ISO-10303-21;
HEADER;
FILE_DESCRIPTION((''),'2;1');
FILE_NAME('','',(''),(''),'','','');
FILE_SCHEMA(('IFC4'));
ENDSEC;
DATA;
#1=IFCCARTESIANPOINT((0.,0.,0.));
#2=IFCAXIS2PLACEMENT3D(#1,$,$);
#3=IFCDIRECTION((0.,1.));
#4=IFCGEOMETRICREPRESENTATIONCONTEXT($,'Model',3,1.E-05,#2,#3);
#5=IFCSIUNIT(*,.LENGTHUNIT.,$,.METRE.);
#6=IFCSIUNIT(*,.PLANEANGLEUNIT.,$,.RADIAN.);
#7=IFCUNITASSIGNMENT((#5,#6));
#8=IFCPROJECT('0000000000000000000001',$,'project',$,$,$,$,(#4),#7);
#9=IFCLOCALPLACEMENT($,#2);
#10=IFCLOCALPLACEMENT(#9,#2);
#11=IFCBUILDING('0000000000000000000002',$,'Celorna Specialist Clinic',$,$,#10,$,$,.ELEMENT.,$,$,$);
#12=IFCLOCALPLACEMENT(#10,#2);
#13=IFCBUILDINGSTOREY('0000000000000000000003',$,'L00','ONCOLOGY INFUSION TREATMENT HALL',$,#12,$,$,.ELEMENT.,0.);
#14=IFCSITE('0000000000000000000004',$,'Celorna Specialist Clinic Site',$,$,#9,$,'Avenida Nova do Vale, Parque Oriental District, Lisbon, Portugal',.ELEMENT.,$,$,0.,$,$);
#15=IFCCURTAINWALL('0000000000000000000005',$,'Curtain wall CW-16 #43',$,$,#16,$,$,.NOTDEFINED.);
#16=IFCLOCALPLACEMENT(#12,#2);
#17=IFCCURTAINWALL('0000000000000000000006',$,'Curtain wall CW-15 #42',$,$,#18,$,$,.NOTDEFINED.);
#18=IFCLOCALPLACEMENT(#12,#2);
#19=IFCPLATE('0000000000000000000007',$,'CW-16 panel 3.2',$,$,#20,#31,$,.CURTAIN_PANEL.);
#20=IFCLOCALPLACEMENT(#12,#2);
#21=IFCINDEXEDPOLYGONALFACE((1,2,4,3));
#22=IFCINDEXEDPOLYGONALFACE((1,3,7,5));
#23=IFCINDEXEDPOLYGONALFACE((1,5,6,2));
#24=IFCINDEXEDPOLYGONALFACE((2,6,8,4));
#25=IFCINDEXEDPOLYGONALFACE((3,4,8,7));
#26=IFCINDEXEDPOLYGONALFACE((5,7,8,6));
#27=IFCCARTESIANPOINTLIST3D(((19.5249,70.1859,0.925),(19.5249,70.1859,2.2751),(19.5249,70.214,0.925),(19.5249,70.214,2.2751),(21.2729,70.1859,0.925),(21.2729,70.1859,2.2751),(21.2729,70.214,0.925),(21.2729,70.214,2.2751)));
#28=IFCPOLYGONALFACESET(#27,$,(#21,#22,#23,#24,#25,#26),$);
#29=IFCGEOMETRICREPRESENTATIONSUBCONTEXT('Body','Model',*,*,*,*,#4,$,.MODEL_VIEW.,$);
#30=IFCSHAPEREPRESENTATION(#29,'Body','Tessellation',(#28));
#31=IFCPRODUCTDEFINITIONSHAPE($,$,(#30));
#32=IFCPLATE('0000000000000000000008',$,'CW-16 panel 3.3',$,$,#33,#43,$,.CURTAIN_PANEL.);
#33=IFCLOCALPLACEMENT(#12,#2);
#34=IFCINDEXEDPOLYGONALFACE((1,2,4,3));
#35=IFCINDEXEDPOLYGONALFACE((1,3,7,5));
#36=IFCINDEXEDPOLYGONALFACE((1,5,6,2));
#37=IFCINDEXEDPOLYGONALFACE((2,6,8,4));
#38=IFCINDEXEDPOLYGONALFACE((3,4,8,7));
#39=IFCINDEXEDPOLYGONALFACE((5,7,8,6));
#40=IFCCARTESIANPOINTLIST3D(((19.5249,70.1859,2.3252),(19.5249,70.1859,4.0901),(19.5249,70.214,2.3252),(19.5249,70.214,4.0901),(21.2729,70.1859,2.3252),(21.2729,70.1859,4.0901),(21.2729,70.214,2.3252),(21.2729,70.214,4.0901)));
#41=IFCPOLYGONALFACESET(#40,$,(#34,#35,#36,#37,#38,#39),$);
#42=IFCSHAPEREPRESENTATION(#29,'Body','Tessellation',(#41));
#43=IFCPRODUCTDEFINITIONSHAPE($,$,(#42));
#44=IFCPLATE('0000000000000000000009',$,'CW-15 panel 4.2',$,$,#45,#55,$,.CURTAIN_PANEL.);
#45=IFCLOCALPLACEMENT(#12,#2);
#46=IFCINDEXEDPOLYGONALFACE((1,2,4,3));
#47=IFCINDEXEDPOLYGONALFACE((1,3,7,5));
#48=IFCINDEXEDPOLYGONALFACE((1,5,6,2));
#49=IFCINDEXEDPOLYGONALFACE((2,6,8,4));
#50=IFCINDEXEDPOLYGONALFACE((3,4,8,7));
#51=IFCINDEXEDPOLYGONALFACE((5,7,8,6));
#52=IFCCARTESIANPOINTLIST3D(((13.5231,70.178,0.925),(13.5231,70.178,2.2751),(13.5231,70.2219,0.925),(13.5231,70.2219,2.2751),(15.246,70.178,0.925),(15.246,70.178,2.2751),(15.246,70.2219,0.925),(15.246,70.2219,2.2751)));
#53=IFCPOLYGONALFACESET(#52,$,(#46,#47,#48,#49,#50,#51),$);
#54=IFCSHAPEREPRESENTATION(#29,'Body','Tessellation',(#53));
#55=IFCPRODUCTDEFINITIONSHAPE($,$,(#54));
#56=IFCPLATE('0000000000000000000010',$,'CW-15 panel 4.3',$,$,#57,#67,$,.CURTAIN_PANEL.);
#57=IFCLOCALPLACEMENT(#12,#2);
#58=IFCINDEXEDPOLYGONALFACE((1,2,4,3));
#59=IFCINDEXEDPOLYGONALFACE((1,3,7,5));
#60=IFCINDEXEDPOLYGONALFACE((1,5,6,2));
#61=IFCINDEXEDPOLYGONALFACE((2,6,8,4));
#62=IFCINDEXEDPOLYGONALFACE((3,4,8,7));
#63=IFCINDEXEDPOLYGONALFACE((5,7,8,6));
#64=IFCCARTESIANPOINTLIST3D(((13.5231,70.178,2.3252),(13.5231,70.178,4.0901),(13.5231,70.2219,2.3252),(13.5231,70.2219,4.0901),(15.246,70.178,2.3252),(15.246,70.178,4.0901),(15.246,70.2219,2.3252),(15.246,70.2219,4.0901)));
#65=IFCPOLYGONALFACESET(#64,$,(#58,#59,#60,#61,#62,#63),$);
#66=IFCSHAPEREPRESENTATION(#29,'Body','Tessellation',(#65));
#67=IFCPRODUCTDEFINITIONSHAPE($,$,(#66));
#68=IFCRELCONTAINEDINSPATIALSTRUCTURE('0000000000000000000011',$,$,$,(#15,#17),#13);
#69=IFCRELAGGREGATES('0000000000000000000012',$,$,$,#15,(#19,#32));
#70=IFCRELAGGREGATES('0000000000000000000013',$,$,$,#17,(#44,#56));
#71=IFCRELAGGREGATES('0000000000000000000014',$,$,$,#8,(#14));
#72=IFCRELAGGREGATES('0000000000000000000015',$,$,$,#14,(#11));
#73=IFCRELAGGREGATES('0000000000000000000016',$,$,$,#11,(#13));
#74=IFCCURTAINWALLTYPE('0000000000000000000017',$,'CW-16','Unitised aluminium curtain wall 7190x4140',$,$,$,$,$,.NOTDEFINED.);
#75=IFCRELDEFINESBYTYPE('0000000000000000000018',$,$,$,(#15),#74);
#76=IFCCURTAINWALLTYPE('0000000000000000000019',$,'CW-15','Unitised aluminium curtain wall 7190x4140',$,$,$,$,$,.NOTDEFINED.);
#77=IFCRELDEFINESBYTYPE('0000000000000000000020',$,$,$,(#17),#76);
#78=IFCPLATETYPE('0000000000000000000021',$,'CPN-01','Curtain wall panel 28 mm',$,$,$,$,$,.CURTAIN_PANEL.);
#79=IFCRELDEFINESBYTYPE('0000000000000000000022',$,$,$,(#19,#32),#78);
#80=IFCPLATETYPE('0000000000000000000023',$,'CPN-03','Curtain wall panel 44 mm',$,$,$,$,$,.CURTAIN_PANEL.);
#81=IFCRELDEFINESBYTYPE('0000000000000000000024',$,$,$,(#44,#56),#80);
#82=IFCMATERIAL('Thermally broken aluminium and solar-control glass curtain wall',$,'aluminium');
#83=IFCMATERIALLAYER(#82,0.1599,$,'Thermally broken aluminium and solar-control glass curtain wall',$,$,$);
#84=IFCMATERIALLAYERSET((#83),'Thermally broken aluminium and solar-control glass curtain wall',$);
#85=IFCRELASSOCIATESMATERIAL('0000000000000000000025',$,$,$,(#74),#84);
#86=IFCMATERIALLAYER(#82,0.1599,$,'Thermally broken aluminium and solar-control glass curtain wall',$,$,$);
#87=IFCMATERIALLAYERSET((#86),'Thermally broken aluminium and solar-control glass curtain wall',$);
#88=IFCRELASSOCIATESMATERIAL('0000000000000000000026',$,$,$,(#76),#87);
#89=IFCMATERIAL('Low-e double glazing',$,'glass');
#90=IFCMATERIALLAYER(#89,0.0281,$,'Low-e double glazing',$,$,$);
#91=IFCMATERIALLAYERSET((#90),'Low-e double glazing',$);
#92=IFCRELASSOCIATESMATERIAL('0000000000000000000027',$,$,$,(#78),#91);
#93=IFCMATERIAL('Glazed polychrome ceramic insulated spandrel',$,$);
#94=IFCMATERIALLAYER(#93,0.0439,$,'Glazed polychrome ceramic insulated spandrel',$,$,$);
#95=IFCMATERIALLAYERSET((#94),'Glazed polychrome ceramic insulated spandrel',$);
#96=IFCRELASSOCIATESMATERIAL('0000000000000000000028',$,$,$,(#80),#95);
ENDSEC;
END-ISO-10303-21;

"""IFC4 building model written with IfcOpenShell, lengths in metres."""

from ifc_helpers import new_model, si_unit, direction, frame, origin, origin_2d, place, context, subcontext, project, spatial, rectangle, extrude, material, layer, layer_set, type_object, element, aggregate, save


model = new_model("IFC4")

# Units and contexts
model_context = context("Model", 3, precision=1e-05, world=origin(), true_north=direction((0.0, 1.0)))
body_context = subcontext(model_context, "Body", "Model", "MODEL_VIEW")
ifc_project = project(units=[si_unit("LENGTHUNIT", "METRE"), si_unit("PLANEANGLEUNIT", "RADIAN")], contexts=[model_context])

# Site, building, storey
site_placement = place(None, origin())
site = spatial("IfcSite", under=ifc_project, at=site_placement, Name="Celorna Specialist Clinic Site", LongName="Avenida Nova do Vale, Parque Oriental District, Lisbon, Portugal", CompositionType="ELEMENT", RefElevation=0.0)
building_placement = place(site_placement, origin())
building = spatial("IfcBuilding", under=site, at=building_placement, Name="Celorna Specialist Clinic", CompositionType="ELEMENT")
storey_placement = place(building_placement, origin())
storey = spatial("IfcBuildingStorey", under=building, at=storey_placement, Name="L00", Description="ONCOLOGY INFUSION TREATMENT HALL", CompositionType="ELEMENT", Elevation=0.0)

# Curtain wall
ifc_material_1 = material(Name="Thermally broken aluminium and solar-control glass curtain wall", Category="aluminium")
ifc_layer_1 = layer(ifc_material_1, 0.1599, Name="Thermally broken aluminium and solar-control glass curtain wall")
ifc_layer_set_1 = layer_set([ifc_layer_1], Name="Thermally broken aluminium and solar-control glass curtain wall")
curtain_wall_type_1 = type_object("IfcCurtainWallType", Name="CW-16", Description="Unitised aluminium curtain wall 7190x4140", PredefinedType="NOTDEFINED", material=ifc_layer_set_1)
curtain_wall_1_placement = place(storey_placement, origin())
curtain_wall_1 = element("IfcCurtainWall", 1, at=curtain_wall_1_placement, inside=storey, type_object=curtain_wall_type_1, Name="Curtain wall CW-16 #43", PredefinedType="NOTDEFINED")

# Curtain wall
ifc_layer_2 = layer(ifc_material_1, 0.1599, Name="Thermally broken aluminium and solar-control glass curtain wall")
ifc_layer_set_2 = layer_set([ifc_layer_2], Name="Thermally broken aluminium and solar-control glass curtain wall")
curtain_wall_type_2 = type_object("IfcCurtainWallType", Name="CW-15", Description="Unitised aluminium curtain wall 7190x4140", PredefinedType="NOTDEFINED", material=ifc_layer_set_2)
curtain_wall_2_placement = place(storey_placement, origin())
curtain_wall_2 = element("IfcCurtainWall", 2, at=curtain_wall_2_placement, inside=storey, type_object=curtain_wall_type_2, Name="Curtain wall CW-15 #42", PredefinedType="NOTDEFINED")

# Plates
ifc_material_2 = material(Name="Low-e double glazing", Category="glass")
ifc_layer_3 = layer(ifc_material_2, 0.0281, Name="Low-e double glazing")
ifc_layer_set_3 = layer_set([ifc_layer_3], Name="Low-e double glazing")
plate_type_1 = type_object("IfcPlateType", Name="CPN-01", Description="Curtain wall panel 28 mm", PredefinedType="CURTAIN_PANEL", material=ifc_layer_set_3)
plate_1_placement = place(storey_placement, frame((20.3989, 70.2, 0.925), z_axis=(0.0, 0.0, 1.0), x_axis=(1.0, 0.0, 0.0)))
plate_1 = element("IfcPlate", 3, at=plate_1_placement, type_object=plate_type_1, Name="CW-16 panel 3.2", PredefinedType="CURTAIN_PANEL", context=body_context, shape_type="SweptSolid", body=[
    extrude(rectangle(XDim=1.748, YDim=0.0281, at=origin_2d()), origin(), (0.0, 0.0, 1.0), 1.3501),
])
plate_2_placement = place(storey_placement, frame((20.3989, 70.2, 2.3252), z_axis=(0.0, 0.0, 1.0), x_axis=(1.0, 0.0, 0.0)))
plate_2 = element("IfcPlate", 4, at=plate_2_placement, type_object=plate_type_1, Name="CW-16 panel 3.3", PredefinedType="CURTAIN_PANEL", context=body_context, shape_type="SweptSolid", body=[
    extrude(rectangle(XDim=1.748, YDim=0.0281, at=origin_2d()), origin(), (0.0, 0.0, 1.0), 1.7649),
])
aggregate(curtain_wall_1, [plate_1, plate_2])
ifc_material_3 = material(Name="Glazed polychrome ceramic insulated spandrel")
ifc_layer_4 = layer(ifc_material_3, 0.0439, Name="Glazed polychrome ceramic insulated spandrel")
ifc_layer_set_4 = layer_set([ifc_layer_4], Name="Glazed polychrome ceramic insulated spandrel")
plate_type_2 = type_object("IfcPlateType", Name="CPN-03", Description="Curtain wall panel 44 mm", PredefinedType="CURTAIN_PANEL", material=ifc_layer_set_4)
plate_3_placement = place(storey_placement, frame((14.3845, 70.2, 0.925), z_axis=(0.0, 0.0, 1.0), x_axis=(1.0, 0.0, 0.0)))
plate_3 = element("IfcPlate", 5, at=plate_3_placement, type_object=plate_type_2, Name="CW-15 panel 4.2", PredefinedType="CURTAIN_PANEL", context=body_context, shape_type="SweptSolid", body=[
    extrude(rectangle(XDim=1.7229, YDim=0.0439, at=origin_2d()), origin(), (0.0, 0.0, 1.0), 1.3501),
])
plate_4_placement = place(storey_placement, frame((14.3845, 70.2, 2.3252), z_axis=(0.0, 0.0, 1.0), x_axis=(1.0, 0.0, 0.0)))
plate_4 = element("IfcPlate", 6, at=plate_4_placement, type_object=plate_type_2, Name="CW-15 panel 4.3", PredefinedType="CURTAIN_PANEL", context=body_context, shape_type="SweptSolid", body=[
    extrude(rectangle(XDim=1.7229, YDim=0.0439, at=origin_2d()), origin(), (0.0, 0.0, 1.0), 1.7649),
])
aggregate(curtain_wall_2, [plate_3, plate_4])

save(model, "model.ifc")
